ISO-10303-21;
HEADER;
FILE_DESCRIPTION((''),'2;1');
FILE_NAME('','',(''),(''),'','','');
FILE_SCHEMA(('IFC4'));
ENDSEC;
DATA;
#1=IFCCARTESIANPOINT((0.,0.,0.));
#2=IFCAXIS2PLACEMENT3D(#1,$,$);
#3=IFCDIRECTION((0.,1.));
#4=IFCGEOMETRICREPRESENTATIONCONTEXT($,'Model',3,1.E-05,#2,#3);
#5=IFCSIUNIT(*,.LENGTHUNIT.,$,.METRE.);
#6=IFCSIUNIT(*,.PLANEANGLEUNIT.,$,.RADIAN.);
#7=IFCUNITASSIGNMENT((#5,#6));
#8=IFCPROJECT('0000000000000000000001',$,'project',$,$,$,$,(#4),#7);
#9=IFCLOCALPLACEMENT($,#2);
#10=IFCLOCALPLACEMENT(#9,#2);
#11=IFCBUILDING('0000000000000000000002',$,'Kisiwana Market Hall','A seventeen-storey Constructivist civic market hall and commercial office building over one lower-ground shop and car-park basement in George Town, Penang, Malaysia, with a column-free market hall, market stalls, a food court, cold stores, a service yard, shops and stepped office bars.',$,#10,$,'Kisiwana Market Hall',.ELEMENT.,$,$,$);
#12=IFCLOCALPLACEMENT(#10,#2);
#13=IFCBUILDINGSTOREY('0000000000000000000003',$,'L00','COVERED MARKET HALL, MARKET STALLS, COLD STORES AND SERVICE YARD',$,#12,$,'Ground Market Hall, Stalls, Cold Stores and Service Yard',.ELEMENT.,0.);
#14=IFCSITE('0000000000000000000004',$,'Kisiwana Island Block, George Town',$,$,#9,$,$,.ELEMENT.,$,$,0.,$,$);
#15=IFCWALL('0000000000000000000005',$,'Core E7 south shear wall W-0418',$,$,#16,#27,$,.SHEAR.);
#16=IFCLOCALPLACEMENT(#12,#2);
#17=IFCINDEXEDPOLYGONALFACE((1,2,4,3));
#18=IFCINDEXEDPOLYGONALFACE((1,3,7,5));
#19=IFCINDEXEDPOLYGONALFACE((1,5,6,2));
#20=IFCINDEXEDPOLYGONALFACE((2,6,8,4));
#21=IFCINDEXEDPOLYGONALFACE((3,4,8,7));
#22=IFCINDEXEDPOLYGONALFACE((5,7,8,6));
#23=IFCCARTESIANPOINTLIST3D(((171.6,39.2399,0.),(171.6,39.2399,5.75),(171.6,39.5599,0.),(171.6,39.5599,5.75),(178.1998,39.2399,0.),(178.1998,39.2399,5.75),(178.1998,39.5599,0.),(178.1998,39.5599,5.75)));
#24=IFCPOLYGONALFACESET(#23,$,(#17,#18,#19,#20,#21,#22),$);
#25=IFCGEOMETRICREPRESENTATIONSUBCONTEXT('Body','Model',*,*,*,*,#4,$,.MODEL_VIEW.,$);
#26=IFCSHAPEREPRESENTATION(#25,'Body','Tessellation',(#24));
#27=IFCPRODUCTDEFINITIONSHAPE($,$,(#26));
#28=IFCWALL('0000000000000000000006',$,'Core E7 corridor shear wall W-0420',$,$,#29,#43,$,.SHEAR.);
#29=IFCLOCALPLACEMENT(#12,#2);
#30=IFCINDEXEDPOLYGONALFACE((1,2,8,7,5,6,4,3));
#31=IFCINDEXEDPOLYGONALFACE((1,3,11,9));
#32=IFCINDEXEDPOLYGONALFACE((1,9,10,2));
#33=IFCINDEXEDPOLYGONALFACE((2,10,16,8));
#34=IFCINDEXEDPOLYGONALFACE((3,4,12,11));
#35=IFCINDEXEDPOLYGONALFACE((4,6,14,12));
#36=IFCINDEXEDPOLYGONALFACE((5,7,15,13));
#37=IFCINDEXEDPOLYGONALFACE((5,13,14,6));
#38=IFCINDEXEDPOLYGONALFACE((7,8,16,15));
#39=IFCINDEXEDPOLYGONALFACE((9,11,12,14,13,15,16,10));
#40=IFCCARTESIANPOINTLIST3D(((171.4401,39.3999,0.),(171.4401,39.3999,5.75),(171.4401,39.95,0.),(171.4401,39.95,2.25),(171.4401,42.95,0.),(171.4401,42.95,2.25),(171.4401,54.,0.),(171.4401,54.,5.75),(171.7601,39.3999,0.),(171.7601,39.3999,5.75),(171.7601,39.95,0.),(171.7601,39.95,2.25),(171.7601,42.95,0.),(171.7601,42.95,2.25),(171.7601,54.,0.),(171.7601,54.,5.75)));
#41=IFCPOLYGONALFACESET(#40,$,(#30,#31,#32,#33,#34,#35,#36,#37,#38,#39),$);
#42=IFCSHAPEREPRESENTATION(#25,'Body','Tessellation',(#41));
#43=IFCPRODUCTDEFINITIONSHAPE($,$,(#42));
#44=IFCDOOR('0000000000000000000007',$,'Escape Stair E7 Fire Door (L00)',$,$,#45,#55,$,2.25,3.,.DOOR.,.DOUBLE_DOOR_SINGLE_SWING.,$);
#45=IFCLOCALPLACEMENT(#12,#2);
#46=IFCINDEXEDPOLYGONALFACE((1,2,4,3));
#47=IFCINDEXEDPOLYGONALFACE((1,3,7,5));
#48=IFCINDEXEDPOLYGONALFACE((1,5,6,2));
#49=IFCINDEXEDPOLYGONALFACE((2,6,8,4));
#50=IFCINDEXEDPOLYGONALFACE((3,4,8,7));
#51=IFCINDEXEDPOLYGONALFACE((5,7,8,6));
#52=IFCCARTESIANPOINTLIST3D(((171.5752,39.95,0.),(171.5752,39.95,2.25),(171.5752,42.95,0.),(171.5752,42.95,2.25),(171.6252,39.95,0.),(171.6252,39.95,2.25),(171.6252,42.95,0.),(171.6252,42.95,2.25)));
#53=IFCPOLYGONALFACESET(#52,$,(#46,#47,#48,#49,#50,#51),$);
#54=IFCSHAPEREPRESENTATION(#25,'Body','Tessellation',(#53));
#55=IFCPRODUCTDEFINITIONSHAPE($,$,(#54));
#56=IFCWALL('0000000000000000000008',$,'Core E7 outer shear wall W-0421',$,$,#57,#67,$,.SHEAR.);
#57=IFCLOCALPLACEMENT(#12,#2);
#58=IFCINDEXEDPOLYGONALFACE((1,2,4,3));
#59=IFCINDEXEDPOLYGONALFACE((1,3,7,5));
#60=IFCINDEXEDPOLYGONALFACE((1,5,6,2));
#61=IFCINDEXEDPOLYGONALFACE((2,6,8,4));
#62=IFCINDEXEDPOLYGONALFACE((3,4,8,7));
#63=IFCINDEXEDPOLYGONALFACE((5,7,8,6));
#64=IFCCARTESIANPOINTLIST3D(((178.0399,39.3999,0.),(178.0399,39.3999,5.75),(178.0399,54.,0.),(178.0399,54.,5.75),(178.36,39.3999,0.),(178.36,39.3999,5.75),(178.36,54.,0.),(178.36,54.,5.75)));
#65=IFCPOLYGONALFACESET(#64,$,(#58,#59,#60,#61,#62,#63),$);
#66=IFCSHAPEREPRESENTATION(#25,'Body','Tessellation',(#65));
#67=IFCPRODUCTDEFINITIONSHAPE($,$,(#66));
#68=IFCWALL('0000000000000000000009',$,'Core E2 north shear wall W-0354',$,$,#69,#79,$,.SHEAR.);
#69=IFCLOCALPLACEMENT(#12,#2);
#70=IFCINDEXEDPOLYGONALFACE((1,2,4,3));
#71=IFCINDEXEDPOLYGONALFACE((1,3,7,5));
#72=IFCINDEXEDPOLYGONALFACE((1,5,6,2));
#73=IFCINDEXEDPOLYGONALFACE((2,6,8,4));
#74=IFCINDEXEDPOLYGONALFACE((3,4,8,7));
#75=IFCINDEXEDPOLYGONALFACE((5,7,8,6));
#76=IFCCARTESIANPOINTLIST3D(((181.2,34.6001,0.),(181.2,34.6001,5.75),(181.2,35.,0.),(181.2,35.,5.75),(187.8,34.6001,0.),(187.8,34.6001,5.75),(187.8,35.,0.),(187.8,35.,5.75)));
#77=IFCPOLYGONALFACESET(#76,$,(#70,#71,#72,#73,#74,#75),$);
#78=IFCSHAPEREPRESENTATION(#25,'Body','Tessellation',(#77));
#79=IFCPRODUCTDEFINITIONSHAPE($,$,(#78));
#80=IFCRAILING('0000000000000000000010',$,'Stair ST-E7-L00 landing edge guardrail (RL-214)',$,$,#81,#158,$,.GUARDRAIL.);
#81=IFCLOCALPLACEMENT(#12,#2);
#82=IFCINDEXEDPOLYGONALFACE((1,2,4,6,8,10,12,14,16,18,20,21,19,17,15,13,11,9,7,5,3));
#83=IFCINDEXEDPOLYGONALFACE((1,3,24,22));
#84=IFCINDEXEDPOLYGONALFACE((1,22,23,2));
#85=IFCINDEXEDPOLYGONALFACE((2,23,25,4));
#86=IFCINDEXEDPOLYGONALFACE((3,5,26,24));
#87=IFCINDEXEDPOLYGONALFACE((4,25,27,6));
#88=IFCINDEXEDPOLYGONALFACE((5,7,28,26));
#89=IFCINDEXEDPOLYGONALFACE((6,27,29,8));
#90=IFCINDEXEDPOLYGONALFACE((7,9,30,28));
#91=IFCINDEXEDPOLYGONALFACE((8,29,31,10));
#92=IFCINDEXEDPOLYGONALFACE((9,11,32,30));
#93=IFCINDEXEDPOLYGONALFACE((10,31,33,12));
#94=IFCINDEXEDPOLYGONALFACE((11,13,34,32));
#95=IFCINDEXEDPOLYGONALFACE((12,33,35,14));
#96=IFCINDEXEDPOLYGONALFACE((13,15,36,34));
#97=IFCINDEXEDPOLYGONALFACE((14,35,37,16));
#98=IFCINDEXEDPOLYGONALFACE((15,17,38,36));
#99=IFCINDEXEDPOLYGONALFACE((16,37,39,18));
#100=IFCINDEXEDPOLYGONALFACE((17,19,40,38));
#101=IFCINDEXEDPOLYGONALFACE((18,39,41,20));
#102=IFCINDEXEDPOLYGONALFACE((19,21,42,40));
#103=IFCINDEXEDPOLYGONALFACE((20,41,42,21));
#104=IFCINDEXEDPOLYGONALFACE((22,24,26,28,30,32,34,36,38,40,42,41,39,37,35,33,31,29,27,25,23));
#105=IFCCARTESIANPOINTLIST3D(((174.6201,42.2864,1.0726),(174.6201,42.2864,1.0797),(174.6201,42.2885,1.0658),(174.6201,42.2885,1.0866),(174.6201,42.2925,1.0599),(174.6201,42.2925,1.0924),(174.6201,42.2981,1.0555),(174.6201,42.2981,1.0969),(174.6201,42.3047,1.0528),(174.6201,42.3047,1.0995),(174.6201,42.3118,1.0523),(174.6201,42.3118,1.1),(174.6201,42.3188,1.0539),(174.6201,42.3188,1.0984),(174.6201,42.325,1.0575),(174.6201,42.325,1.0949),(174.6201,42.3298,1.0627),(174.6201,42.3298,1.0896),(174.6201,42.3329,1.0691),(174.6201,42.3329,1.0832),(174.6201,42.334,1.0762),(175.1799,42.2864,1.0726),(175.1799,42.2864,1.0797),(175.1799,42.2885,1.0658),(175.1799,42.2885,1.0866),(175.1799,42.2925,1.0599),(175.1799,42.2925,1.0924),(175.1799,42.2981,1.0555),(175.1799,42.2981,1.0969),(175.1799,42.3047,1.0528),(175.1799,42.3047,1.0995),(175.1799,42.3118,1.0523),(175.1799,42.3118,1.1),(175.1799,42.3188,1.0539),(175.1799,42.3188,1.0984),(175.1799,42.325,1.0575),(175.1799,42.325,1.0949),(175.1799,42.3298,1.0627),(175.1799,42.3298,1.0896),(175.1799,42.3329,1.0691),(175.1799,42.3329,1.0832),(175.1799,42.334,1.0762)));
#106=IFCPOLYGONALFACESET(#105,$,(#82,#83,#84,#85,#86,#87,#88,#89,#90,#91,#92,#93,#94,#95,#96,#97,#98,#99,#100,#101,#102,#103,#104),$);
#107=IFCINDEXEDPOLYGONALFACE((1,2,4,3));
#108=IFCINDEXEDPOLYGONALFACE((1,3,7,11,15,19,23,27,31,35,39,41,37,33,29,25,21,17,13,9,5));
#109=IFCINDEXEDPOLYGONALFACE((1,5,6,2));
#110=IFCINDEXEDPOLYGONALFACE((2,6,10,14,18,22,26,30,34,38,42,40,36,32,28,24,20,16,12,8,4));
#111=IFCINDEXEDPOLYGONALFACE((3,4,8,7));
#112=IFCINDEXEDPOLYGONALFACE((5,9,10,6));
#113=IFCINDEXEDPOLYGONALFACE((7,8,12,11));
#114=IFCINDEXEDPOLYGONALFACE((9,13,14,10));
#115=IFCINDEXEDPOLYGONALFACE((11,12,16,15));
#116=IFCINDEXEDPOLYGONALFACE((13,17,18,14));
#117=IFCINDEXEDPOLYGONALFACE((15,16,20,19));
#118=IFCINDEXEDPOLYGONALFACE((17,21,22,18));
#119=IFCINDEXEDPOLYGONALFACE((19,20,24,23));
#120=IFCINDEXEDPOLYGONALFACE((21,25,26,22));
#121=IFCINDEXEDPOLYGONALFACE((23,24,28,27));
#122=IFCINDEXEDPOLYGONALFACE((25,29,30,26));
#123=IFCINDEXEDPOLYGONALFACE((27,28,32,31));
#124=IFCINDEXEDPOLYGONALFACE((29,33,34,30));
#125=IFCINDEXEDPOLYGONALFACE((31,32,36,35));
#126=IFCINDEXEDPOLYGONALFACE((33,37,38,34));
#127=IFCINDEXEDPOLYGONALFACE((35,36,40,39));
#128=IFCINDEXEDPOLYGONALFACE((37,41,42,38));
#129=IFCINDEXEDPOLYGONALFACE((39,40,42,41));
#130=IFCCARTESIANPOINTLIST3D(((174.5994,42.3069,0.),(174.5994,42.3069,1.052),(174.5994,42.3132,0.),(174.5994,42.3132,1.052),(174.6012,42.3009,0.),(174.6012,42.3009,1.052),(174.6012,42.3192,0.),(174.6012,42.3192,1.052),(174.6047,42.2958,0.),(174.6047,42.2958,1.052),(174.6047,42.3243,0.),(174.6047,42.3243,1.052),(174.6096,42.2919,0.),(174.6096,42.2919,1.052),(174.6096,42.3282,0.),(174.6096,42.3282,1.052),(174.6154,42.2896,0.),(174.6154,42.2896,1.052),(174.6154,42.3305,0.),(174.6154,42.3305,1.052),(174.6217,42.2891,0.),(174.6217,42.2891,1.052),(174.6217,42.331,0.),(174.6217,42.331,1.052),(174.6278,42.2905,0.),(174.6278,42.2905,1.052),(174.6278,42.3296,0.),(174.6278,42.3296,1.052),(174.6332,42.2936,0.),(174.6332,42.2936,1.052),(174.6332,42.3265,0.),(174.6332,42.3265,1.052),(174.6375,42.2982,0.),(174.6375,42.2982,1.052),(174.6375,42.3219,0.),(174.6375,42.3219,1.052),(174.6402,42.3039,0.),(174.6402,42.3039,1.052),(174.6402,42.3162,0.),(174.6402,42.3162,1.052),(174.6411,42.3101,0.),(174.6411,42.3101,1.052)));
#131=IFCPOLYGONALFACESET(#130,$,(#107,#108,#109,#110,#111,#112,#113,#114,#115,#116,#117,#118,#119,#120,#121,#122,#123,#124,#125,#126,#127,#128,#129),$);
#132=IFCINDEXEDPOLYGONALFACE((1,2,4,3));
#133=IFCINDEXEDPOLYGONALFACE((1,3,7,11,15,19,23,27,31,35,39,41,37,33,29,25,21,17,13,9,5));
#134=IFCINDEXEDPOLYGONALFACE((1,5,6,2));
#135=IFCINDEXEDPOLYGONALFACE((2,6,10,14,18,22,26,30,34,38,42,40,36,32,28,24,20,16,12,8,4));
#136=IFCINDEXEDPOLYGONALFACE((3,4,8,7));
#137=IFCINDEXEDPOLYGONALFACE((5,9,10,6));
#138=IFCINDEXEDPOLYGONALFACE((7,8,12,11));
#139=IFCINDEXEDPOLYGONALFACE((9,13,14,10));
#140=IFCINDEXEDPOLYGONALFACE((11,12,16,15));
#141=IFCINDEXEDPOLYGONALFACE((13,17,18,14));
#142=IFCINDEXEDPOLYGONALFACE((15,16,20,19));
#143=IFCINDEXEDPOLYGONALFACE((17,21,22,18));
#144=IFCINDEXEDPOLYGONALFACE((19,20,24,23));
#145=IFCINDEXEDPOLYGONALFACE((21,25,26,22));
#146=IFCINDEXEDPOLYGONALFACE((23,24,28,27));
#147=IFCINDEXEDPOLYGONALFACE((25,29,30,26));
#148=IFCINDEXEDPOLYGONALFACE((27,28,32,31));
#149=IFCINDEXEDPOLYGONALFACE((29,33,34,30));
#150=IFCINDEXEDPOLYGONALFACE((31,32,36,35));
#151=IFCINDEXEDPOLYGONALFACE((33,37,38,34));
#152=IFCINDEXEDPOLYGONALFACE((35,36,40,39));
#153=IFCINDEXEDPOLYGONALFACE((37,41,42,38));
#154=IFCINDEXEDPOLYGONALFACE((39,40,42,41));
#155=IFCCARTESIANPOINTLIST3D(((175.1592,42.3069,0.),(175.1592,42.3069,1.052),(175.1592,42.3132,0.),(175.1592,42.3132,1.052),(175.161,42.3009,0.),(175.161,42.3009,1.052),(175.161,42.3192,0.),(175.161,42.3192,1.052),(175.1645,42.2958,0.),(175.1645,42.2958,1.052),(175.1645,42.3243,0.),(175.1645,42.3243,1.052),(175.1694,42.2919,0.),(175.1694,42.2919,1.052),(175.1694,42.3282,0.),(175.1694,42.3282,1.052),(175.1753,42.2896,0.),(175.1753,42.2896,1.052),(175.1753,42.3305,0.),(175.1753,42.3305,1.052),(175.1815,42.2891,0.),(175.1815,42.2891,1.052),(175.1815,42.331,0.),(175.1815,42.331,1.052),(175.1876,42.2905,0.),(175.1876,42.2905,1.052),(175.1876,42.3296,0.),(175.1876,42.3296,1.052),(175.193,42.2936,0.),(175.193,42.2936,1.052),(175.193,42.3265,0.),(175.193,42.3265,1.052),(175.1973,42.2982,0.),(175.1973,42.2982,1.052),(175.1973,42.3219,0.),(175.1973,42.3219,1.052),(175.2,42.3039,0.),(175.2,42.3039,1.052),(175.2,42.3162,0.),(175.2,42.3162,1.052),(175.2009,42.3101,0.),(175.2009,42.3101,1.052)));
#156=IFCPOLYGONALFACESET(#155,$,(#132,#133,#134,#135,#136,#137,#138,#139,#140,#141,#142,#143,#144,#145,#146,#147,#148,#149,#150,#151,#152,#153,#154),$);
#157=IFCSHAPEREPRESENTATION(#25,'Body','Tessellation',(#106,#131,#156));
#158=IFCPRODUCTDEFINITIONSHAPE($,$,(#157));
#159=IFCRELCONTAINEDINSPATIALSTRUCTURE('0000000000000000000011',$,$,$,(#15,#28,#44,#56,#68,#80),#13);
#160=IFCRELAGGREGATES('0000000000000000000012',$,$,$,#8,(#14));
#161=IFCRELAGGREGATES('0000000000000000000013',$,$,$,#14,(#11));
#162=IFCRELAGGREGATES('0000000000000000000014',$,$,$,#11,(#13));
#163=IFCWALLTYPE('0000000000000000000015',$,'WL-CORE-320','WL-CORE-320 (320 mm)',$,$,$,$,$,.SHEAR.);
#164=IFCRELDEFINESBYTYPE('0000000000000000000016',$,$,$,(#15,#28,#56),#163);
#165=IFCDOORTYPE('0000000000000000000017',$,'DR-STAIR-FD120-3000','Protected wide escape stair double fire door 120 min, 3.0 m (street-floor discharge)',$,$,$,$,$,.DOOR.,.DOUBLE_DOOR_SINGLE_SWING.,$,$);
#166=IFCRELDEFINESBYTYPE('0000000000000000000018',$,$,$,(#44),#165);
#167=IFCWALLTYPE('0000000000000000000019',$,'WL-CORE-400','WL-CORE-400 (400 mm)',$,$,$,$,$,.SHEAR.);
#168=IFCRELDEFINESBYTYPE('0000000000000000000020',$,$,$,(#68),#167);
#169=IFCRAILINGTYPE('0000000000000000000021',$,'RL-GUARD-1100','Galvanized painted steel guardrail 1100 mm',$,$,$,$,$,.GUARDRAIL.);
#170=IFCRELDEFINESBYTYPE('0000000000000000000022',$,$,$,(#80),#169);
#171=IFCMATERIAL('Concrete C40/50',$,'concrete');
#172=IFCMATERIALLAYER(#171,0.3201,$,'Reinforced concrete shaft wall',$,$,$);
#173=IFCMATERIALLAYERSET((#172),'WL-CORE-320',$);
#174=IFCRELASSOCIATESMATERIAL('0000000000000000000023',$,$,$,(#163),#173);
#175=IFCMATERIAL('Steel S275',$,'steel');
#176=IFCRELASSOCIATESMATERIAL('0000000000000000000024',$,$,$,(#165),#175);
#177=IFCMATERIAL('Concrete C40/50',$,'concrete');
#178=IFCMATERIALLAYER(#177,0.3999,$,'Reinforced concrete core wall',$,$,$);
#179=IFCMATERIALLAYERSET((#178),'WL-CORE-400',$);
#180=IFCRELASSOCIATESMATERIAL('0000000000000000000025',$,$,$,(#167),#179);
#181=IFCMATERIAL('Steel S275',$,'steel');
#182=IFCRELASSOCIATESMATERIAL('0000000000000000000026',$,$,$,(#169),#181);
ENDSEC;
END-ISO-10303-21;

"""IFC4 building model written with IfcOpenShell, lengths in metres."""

from ifc_helpers import new_model, si_unit, direction, frame, frame_2d, origin, origin_2d, place, context, subcontext, project, spatial, rectangle, circle, extrude, material, layer, layer_set, type_object, element, fill, save


model = new_model("IFC4")

# Units and contexts
model_context = context("Model", 3, precision=1e-05, world=origin(), true_north=direction((0.0, 1.0)))
body_context = subcontext(model_context, "Body", "Model", "MODEL_VIEW")
ifc_project = project(units=[si_unit("LENGTHUNIT", "METRE"), si_unit("PLANEANGLEUNIT", "RADIAN")], contexts=[model_context])

# Site, building, storey
site_placement = place(None, origin())
site = spatial("IfcSite", under=ifc_project, at=site_placement, Name="Kisiwana Island Block, George Town", CompositionType="ELEMENT", RefElevation=0.0)
building_placement = place(site_placement, origin())
building = spatial("IfcBuilding", under=site, at=building_placement, Name="Kisiwana Market Hall", Description="A seventeen-storey Constructivist civic market hall and commercial office building over one lower-ground shop and car-park basement in George Town, Penang, Malaysia, with a column-free market hall, market stalls, a food court, cold stores, a service yard, shops and stepped office bars.", LongName="Kisiwana Market Hall", CompositionType="ELEMENT")
storey_placement = place(building_placement, origin())
storey = spatial("IfcBuildingStorey", under=building, at=storey_placement, Name="L00", Description="COVERED MARKET HALL, MARKET STALLS, COLD STORES AND SERVICE YARD", LongName="Ground Market Hall, Stalls, Cold Stores and Service Yard", CompositionType="ELEMENT", Elevation=0.0)

# Wall
ifc_material_1 = material(Name="Concrete C40/50", Category="concrete")
ifc_layer_1 = layer(ifc_material_1, 0.3201, Name="Reinforced concrete shaft wall")
ifc_layer_set_1 = layer_set([ifc_layer_1], Name="WL-CORE-320")
wall_type_1 = type_object("IfcWallType", Name="WL-CORE-320", Description="WL-CORE-320 (320 mm)", PredefinedType="SHEAR", material=ifc_layer_set_1)
wall_1_placement = place(storey_placement, frame((171.6001, 39.3999, 0.0), z_axis=(0.0, 0.0, 1.0), x_axis=(1.0, 0.0, 0.0)))
element("IfcWall", 1, at=wall_1_placement, inside=storey, type_object=wall_type_1, Name="Core E7 south shear wall W-0418", PredefinedType="SHEAR", context=body_context, shape_type="SweptSolid", body=[
    extrude(rectangle(XDim=6.5999, YDim=0.3201, at=frame_2d((3.2998, 0.0))), origin(), (0.0, 0.0, 1.0), 5.75),
])

# Wall, opening, door
wall_2_placement = place(storey_placement, frame((171.6001, 39.3999, 0.0), z_axis=(0.0, 0.0, 1.0), x_axis=(0.0, 1.0, 0.0)))
wall_2 = element("IfcWall", 2, at=wall_2_placement, inside=storey, type_object=wall_type_1, Name="Core E7 corridor shear wall W-0420", PredefinedType="SHEAR", context=body_context, shape_type="SweptSolid", body=[
    extrude(rectangle(XDim=14.6001, YDim=0.3201, at=frame_2d((7.3, 0.0))), origin(), (0.0, 0.0, 1.0), 5.75),
])
opening_placement = place(wall_2_placement, frame((0.55, 0.0, 0.0)))
opening = element("IfcOpeningElement", 3, at=opening_placement, cuts=wall_2, PredefinedType="OPENING", context=body_context, shape_type="SweptSolid", body=[
    extrude(rectangle(XDim=3.0, YDim=2.25, at=frame_2d((1.5, 1.125))), frame((0.0, 0.1719, 0.0), z_axis=(0.0, -1.0, 0.0), x_axis=(1.0, 0.0, 0.0)), (0.0, 0.0, 1.0), 0.344),
])
ifc_material_2 = material(Name="Steel S275", Category="steel")
door_type = type_object("IfcDoorType", Name="DR-STAIR-FD120-3000", Description="Protected wide escape stair double fire door 120 min, 3.0 m (street-floor discharge)", OperationType="DOUBLE_DOOR_SINGLE_SWING", PredefinedType="DOOR", material=ifc_material_2)
door_placement = place(opening_placement, origin())
door = element("IfcDoor", 4, at=door_placement, inside=storey, type_object=door_type, Name="Escape Stair E7 Fire Door (L00)", OperationType="DOUBLE_DOOR_SINGLE_SWING", OverallHeight=2.25, OverallWidth=3.0, PredefinedType="DOOR", context=body_context, shape_type="SweptSolid", body=[
    extrude(rectangle(XDim=3.0, YDim=2.25, at=frame_2d((1.5, 1.125))), frame((0.0, 0.0249, 0.0), z_axis=(0.0, -1.0, 0.0), x_axis=(1.0, 0.0, 0.0)), (0.0, 0.0, 1.0), 0.05),
])
fill(opening, door)

# Walls
wall_3_placement = place(storey_placement, frame((178.2, 39.3999, 0.0), z_axis=(0.0, 0.0, 1.0), x_axis=(0.0, 1.0, 0.0)))
element("IfcWall", 5, at=wall_3_placement, inside=storey, type_object=wall_type_1, Name="Core E7 outer shear wall W-0421", PredefinedType="SHEAR", context=body_context, shape_type="SweptSolid", body=[
    extrude(rectangle(XDim=14.6001, YDim=0.3201, at=frame_2d((7.3, 0.0))), origin(), (0.0, 0.0, 1.0), 5.75),
])
ifc_material_3 = material(Name="Concrete C40/50", Category="concrete")
ifc_layer_2 = layer(ifc_material_3, 0.3999, Name="Reinforced concrete core wall")
ifc_layer_set_2 = layer_set([ifc_layer_2], Name="WL-CORE-400")
wall_type_2 = type_object("IfcWallType", Name="WL-CORE-400", Description="WL-CORE-400 (400 mm)", PredefinedType="SHEAR", material=ifc_layer_set_2)
wall_4_placement = place(storey_placement, frame((181.2, 34.8, 0.0), z_axis=(0.0, 0.0, 1.0), x_axis=(1.0, 0.0, 0.0)))
element("IfcWall", 6, at=wall_4_placement, inside=storey, type_object=wall_type_2, Name="Core E2 north shear wall W-0354", PredefinedType="SHEAR", context=body_context, shape_type="SweptSolid", body=[
    extrude(rectangle(XDim=6.6001, YDim=0.3999, at=frame_2d((3.3, 0.0))), origin(), (0.0, 0.0, 1.0), 5.75),
])

# Railing
ifc_material_4 = material(Name="Steel S275", Category="steel")
railing_type_1 = type_object("IfcRailingType", Name="RL-GUARD-1100", Description="Galvanized painted steel guardrail 1100 mm", PredefinedType="GUARDRAIL", material=ifc_material_4)
railing_1_placement = place(storey_placement, frame((174.6201, 42.3101, 0.0)))
element("IfcRailing", 7, at=railing_1_placement, inside=storey, type_object=railing_type_1, Name="Stair ST-E7-L00 landing edge guardrail (RL-214)", PredefinedType="GUARDRAIL", context=body_context, shape_type="SweptSolid", body=[
    extrude(circle(Radius=0.0239, at=origin_2d()), frame((0.0, 0.0, 1.0762), z_axis=(1.0, 0.0, 0.0), x_axis=(0.0, 1.0, 0.0)), (0.0, 0.0, 1.0), 0.5598),
    extrude(circle(Radius=0.021, at=origin_2d()), origin(), (0.0, 0.0, 1.0), 1.052),
    extrude(circle(Radius=0.021, at=origin_2d()), frame((0.5598, 0.0, 0.0)), (0.0, 0.0, 1.0), 1.052),
])

save(model, "model.ifc")
